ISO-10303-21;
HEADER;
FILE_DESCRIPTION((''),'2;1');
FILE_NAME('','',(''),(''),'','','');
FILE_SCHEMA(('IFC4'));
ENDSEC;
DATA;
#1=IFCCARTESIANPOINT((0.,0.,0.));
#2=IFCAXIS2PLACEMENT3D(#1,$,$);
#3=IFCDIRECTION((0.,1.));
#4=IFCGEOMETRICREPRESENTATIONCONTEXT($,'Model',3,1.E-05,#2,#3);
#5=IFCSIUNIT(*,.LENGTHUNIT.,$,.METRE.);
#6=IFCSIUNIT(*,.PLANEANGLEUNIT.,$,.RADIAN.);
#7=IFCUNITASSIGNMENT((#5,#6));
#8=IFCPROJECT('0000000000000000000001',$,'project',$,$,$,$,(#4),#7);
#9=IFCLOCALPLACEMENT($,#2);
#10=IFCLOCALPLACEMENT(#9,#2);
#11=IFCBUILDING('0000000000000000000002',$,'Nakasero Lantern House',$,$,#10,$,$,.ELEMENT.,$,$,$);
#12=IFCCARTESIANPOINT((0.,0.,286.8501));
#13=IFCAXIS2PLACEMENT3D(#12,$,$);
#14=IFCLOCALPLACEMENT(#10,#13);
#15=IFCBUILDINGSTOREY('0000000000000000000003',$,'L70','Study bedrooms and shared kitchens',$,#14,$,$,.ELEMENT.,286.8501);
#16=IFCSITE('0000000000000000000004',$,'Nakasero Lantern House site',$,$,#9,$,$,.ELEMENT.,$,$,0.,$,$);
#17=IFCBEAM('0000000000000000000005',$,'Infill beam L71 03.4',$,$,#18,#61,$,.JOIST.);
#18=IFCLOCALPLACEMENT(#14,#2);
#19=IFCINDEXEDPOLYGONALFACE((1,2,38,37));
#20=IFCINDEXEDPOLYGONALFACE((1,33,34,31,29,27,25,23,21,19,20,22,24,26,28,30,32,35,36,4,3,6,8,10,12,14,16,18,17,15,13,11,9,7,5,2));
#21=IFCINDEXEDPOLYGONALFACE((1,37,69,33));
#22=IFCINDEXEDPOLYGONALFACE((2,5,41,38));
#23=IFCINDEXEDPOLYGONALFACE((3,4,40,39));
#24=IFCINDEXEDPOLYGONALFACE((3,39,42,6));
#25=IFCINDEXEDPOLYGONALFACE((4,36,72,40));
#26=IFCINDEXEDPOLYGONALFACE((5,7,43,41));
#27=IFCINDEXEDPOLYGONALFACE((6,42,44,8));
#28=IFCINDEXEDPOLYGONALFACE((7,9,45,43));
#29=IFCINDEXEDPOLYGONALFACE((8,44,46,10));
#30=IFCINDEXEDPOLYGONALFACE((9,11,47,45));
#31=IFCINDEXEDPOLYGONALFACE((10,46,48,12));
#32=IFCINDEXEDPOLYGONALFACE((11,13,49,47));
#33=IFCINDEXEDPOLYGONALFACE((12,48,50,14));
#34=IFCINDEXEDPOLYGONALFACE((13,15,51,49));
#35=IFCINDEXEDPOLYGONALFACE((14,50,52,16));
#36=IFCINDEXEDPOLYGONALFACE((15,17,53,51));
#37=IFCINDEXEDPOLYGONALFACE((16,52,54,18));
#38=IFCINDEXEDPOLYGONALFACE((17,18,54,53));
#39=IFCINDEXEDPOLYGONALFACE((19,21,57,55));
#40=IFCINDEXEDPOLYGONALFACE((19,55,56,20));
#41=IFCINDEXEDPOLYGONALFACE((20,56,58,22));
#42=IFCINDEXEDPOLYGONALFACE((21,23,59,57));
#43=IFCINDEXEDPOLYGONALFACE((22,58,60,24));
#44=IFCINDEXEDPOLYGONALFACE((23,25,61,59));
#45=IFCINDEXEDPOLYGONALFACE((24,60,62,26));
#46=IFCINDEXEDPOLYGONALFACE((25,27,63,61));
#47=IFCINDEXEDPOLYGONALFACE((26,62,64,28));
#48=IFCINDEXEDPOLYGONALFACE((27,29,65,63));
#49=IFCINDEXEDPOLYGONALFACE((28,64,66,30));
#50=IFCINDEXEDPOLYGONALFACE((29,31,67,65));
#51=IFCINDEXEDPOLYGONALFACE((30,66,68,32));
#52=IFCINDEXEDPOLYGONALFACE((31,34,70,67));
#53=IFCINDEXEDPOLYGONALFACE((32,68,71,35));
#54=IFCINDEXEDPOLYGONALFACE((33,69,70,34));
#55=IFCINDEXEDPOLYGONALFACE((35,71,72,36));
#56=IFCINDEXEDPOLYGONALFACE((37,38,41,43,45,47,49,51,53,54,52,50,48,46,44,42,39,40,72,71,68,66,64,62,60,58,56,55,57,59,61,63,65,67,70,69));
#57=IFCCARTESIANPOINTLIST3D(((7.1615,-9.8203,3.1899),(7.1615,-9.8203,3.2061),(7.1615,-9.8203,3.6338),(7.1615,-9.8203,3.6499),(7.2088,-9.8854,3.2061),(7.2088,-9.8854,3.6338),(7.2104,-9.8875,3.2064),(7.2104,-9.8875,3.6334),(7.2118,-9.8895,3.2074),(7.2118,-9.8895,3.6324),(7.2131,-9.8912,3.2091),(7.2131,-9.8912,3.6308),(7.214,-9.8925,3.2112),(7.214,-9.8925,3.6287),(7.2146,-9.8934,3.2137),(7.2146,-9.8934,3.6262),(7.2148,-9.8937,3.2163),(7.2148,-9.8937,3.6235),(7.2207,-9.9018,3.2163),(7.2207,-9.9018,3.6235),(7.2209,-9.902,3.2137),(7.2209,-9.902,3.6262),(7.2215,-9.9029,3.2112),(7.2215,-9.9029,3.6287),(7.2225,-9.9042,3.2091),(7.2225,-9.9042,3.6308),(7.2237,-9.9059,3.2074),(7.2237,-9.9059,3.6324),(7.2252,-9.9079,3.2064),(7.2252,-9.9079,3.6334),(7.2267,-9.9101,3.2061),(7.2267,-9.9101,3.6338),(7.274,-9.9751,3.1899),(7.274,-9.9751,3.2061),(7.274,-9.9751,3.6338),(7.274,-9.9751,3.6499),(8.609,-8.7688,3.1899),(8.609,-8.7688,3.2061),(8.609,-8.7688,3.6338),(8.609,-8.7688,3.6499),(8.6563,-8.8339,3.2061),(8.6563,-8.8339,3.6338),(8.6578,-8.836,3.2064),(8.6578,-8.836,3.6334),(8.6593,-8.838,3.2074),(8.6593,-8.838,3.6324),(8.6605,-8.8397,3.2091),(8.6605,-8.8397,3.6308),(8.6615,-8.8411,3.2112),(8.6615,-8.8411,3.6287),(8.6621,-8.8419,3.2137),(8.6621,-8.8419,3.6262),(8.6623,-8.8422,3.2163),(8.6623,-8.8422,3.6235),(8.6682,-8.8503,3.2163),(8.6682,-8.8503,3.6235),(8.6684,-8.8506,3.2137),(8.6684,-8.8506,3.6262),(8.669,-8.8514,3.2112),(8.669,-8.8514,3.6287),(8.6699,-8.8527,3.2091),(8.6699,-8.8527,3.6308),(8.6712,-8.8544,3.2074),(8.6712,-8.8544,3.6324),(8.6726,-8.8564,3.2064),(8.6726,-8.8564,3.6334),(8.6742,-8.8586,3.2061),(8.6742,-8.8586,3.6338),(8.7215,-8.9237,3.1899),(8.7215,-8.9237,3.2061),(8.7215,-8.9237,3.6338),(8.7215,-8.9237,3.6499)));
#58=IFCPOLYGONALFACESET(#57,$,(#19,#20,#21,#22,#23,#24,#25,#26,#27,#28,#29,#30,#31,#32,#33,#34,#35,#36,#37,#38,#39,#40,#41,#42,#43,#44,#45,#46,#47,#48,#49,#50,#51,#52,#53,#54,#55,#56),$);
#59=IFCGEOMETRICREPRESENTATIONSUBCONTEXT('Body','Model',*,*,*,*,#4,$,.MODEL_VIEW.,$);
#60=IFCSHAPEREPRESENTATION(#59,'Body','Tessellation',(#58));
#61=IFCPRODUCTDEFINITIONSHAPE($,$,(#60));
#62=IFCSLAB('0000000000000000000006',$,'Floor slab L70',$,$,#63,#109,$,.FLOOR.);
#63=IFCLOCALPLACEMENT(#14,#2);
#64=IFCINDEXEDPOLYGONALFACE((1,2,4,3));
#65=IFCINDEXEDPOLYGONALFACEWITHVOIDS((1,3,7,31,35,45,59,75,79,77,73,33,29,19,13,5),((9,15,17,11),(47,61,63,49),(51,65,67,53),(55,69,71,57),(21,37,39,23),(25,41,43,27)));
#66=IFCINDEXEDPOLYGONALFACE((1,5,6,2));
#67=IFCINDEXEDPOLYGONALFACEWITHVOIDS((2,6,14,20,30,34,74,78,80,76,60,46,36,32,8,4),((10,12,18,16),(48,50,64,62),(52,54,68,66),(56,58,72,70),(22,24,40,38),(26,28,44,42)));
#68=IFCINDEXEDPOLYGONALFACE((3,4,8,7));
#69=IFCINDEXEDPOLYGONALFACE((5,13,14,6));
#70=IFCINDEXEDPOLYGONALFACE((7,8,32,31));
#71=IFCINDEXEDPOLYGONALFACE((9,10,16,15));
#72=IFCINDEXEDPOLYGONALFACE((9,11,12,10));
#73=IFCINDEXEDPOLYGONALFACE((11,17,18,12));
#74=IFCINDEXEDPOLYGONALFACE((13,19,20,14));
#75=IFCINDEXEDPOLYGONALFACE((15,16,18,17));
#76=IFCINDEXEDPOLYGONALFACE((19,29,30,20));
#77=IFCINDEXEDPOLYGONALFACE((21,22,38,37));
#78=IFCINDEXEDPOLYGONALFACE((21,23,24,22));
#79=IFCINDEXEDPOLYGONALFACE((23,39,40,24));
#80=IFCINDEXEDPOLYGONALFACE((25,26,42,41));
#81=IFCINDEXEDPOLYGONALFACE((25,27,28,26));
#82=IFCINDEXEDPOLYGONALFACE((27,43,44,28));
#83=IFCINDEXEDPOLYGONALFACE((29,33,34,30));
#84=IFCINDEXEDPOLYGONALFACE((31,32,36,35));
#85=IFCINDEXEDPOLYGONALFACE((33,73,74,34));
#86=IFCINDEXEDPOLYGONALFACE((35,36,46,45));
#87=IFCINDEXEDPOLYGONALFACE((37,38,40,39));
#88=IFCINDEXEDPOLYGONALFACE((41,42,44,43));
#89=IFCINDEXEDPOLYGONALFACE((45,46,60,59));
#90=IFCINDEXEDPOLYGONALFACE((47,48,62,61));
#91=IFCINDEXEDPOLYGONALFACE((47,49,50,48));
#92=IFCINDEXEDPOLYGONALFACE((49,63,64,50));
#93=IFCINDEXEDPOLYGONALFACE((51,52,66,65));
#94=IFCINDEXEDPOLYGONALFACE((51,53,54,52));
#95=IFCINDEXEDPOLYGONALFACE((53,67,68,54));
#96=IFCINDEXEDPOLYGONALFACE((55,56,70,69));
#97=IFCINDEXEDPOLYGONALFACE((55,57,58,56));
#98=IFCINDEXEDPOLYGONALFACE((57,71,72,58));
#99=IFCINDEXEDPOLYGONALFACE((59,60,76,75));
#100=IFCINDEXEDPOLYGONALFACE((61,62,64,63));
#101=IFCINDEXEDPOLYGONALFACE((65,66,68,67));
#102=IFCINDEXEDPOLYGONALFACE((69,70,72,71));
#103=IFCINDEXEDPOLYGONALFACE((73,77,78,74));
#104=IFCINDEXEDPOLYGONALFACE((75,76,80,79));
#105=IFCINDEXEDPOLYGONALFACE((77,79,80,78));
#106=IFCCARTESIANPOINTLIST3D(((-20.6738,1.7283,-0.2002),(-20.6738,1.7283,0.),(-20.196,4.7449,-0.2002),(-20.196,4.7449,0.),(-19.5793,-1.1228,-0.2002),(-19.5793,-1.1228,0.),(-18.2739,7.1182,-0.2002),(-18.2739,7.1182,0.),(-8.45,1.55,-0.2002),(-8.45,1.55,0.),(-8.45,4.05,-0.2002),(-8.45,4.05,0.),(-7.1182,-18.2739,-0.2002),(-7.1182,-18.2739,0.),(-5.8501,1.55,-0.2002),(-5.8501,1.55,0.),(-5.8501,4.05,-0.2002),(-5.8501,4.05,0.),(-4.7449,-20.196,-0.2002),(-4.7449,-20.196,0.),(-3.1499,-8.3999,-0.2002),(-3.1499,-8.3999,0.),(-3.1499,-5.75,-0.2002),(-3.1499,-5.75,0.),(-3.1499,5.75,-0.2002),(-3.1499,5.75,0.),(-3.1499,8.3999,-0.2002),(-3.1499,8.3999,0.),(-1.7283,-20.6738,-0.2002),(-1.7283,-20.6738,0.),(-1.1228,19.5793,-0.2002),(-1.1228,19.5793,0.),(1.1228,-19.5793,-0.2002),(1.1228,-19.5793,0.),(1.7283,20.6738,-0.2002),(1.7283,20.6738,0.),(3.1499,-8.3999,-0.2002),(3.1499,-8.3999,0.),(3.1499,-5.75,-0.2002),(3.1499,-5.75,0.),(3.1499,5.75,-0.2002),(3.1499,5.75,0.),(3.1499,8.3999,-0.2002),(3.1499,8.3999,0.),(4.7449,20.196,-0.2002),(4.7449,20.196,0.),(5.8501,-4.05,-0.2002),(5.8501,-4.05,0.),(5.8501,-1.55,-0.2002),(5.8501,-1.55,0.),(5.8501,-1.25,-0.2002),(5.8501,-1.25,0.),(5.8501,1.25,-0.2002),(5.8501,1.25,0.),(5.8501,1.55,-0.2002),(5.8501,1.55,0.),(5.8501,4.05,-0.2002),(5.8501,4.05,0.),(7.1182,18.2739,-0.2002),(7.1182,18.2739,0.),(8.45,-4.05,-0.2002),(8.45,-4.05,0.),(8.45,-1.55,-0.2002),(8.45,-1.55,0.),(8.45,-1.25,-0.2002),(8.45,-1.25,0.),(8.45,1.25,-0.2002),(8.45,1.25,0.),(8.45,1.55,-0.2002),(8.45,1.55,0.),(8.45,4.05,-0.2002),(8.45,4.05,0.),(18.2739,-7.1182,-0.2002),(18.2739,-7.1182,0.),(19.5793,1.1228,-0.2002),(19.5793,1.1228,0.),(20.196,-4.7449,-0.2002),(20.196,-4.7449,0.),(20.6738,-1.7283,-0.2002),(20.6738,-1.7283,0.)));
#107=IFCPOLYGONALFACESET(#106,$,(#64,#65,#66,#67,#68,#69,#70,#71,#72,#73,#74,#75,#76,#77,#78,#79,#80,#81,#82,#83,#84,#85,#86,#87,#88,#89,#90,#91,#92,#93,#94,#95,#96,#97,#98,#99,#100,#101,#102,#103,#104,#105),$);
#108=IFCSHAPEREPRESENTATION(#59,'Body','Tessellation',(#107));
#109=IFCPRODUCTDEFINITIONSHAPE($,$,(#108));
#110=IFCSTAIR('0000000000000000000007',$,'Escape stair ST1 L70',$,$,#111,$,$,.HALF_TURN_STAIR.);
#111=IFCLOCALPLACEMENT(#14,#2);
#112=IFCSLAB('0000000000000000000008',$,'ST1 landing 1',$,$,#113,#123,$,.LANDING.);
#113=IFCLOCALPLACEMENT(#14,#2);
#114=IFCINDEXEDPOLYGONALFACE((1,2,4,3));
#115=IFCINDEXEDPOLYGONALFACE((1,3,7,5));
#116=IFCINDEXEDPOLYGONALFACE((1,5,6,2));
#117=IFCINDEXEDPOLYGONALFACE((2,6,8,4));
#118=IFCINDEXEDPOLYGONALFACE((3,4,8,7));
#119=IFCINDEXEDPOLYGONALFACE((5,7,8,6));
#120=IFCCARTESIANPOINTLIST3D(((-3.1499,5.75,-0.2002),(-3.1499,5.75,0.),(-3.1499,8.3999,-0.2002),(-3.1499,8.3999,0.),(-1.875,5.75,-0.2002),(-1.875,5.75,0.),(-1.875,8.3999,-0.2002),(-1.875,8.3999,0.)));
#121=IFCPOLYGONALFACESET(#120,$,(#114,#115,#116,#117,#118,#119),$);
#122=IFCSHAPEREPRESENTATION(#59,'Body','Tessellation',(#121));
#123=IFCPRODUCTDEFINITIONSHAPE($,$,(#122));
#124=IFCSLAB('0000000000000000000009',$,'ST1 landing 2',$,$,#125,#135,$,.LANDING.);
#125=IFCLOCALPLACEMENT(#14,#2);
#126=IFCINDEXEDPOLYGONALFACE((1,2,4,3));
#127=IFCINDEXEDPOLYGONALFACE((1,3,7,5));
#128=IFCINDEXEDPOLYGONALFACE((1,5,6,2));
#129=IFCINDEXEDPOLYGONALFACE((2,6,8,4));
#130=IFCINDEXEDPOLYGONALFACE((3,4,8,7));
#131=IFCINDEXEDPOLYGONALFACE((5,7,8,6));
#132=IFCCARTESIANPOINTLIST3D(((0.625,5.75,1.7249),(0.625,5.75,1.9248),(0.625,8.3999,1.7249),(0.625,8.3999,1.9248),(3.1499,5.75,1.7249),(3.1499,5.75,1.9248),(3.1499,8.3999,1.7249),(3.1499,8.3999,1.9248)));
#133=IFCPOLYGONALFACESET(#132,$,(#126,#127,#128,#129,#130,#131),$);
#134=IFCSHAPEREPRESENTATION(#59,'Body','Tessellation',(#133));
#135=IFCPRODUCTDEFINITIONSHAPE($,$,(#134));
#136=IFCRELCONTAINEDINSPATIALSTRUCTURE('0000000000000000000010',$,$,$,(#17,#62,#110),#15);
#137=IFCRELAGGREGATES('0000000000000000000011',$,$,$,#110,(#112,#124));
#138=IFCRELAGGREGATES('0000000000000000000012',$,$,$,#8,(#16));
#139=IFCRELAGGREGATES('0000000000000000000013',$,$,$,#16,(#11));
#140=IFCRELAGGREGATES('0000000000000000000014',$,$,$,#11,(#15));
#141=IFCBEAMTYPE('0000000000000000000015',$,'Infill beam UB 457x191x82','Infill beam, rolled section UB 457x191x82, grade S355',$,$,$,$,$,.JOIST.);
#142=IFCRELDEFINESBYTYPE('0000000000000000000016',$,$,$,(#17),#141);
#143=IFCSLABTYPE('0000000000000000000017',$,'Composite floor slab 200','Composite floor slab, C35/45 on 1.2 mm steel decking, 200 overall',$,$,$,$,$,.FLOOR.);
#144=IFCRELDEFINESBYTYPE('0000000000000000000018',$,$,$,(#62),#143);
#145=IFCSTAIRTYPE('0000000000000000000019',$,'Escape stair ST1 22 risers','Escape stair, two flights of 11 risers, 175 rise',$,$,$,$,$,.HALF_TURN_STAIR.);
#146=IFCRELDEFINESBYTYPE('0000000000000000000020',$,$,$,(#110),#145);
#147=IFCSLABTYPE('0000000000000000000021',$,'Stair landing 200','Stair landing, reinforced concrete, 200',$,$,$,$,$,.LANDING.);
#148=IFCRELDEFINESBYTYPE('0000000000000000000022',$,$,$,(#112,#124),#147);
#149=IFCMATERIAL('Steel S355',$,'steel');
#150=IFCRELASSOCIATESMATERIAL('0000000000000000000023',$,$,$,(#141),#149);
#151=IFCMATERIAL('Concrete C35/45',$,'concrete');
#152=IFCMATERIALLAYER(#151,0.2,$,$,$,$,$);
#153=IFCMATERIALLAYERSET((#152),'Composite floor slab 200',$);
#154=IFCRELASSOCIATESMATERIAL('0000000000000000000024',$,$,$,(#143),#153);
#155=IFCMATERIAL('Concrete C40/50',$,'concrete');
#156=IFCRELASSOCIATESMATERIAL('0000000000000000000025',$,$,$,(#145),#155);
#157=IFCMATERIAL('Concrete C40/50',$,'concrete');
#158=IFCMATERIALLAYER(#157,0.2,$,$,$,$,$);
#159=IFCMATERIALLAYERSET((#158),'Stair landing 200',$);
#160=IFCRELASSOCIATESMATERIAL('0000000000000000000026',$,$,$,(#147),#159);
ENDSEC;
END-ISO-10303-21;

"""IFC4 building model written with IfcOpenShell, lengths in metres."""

from ifc_helpers import new_model, si_unit, direction, frame, origin, origin_2d, place, context, subcontext, project, spatial, polyline, i_section, outline, extrude, material, layer, layer_set, material_profile, profile_set, type_object, element, aggregate, save


model = new_model("IFC4")

# Units and contexts
model_context = context("Model", 3, precision=1e-05, world=origin(), true_north=direction((0.0, 1.0)))
body_context = subcontext(model_context, "Body", "Model", "MODEL_VIEW")
ifc_project = project(units=[si_unit("LENGTHUNIT", "METRE"), si_unit("PLANEANGLEUNIT", "RADIAN")], contexts=[model_context])

# Site, building, storey
site_placement = place(None, origin())
site = spatial("IfcSite", under=ifc_project, at=site_placement, Name="Nakasero Lantern House site", CompositionType="ELEMENT", RefElevation=0.0)
building_placement = place(site_placement, origin())
building = spatial("IfcBuilding", under=site, at=building_placement, Name="Nakasero Lantern House", CompositionType="ELEMENT")
storey_placement = place(building_placement, frame((0.0, 0.0, 286.8501)))
storey = spatial("IfcBuildingStorey", under=building, at=storey_placement, Name="L70", Description="Study bedrooms and shared kitchens", CompositionType="ELEMENT", Elevation=286.8501)

# Beam
ifc_material_1 = material(Name="Steel S355", Category="steel")
ifc_material_profile = material_profile(ifc_material_1, i_section(OverallWidth=0.1914, OverallDepth=0.46, WebThickness=0.01, FlangeThickness=0.0161, FilletRadius=0.0103, at=origin_2d()), Name="UB 457x191x82")
ifc_profile_set = profile_set([ifc_material_profile], Name="Steel S355")
beam_type = type_object("IfcBeamType", Name="Infill beam UB 457x191x82", Description="Infill beam, rolled section UB 457x191x82, grade S355", PredefinedType="JOIST", material=ifc_profile_set)
beam_placement = place(storey_placement, frame((7.2178, -9.8977, 3.4199), z_axis=(0.809061, 0.587725, 0.0), x_axis=(-0.587725, 0.809061, 0.0)))
element("IfcBeam", 1, at=beam_placement, inside=storey, type_object=beam_type, Name="Infill beam L71 03.4", PredefinedType="JOIST", context=body_context, shape_type="SweptSolid", body=[
    extrude(i_section(OverallWidth=0.1914, OverallDepth=0.46, WebThickness=0.01, FlangeThickness=0.0161, FilletRadius=0.0103, at=origin_2d()), origin(), (0.0, 0.0, 1.0), 1.7891),
])

# Slab
ifc_material_2 = material(Name="Concrete C35/45", Category="concrete")
ifc_layer_1 = layer(ifc_material_2, 0.2)
ifc_layer_set_1 = layer_set([ifc_layer_1], Name="Composite floor slab 200")
slab_type_1 = type_object("IfcSlabType", Name="Composite floor slab 200", Description="Composite floor slab, C35/45 on 1.2 mm steel decking, 200 overall", PredefinedType="FLOOR", material=ifc_layer_set_1)
slab_1_placement = place(storey_placement, frame((0.0, 0.0, -0.2002)))
element("IfcSlab", 2, at=slab_1_placement, inside=storey, type_object=slab_type_1, Name="Floor slab L70", PredefinedType="FLOOR", context=body_context, shape_type="SweptSolid", body=[
    extrude(outline(polyline([(7.1182, 18.2739), (4.7449, 20.196), (1.7283, 20.6738), (-1.1228, 19.5793), (-18.2739, 7.1182), (-20.196, 4.7449), (-20.6738, 1.7283), (-19.5793, -1.1228), (-7.1182, -18.2739), (-4.7449, -20.196), (-1.7283, -20.6738), (1.1228, -19.5793), (18.2739, -7.1182), (20.196, -4.7449), (20.6738, -1.7283), (19.5793, 1.1228), (7.1182, 18.2739)]), holes=[polyline([(-8.45, 1.55), (-5.8501, 1.55), (-5.8501, 4.05), (-8.45, 4.05), (-8.45, 1.55)]), polyline([(5.8501, -4.05), (8.45, -4.05), (8.45, -1.55), (5.8501, -1.55), (5.8501, -4.05)]), polyline([(5.8501, -1.25), (8.45, -1.25), (8.45, 1.25), (5.8501, 1.25), (5.8501, -1.25)]), polyline([(5.8501, 1.55), (8.45, 1.55), (8.45, 4.05), (5.8501, 4.05), (5.8501, 1.55)]), polyline([(-3.1499, 5.75), (3.1499, 5.75), (3.1499, 8.3999), (-3.1499, 8.3999), (-3.1499, 5.75)]), polyline([(-3.1499, -8.3999), (3.1499, -8.3999), (3.1499, -5.75), (-3.1499, -5.75), (-3.1499, -8.3999)])]), origin(), (0.0, 0.0, 1.0), 0.2002),
])

# Stair, slabs
ifc_material_3 = material(Name="Concrete C40/50", Category="concrete")
stair_type_1 = type_object("IfcStairType", Name="Escape stair ST1 22 risers", Description="Escape stair, two flights of 11 risers, 175 rise", PredefinedType="HALF_TURN_STAIR", material=ifc_material_3)
stair_1_placement = place(storey_placement, origin())
stair_1 = element("IfcStair", 3, at=stair_1_placement, inside=storey, type_object=stair_type_1, Name="Escape stair ST1 L70", PredefinedType="HALF_TURN_STAIR")
ifc_material_4 = material(Name="Concrete C40/50", Category="concrete")
ifc_layer_2 = layer(ifc_material_4, 0.2)
ifc_layer_set_2 = layer_set([ifc_layer_2], Name="Stair landing 200")
slab_type_2 = type_object("IfcSlabType", Name="Stair landing 200", Description="Stair landing, reinforced concrete, 200", PredefinedType="LANDING", material=ifc_layer_set_2)
slab_2_placement = place(storey_placement, frame((0.0, 0.0, -0.2002)))
slab_2 = element("IfcSlab", 4, at=slab_2_placement, type_object=slab_type_2, Name="ST1 landing 1", PredefinedType="LANDING", context=body_context, shape_type="SweptSolid", body=[
    extrude(outline(polyline([(-3.1499, 5.75), (-1.875, 5.75), (-1.875, 8.3999), (-3.1499, 8.3999), (-3.1499, 5.75)])), origin(), (0.0, 0.0, 1.0), 0.2002),
])
slab_3_placement = place(storey_placement, frame((0.0, 0.0, 1.7249)))
slab_3 = element("IfcSlab", 5, at=slab_3_placement, type_object=slab_type_2, Name="ST1 landing 2", PredefinedType="LANDING", context=body_context, shape_type="SweptSolid", body=[
    extrude(outline(polyline([(0.625, 5.75), (3.1499, 5.75), (3.1499, 8.3999), (0.625, 8.3999), (0.625, 5.75)])), origin(), (0.0, 0.0, 1.0), 0.2),
])
aggregate(stair_1, [slab_2, slab_3])

save(model, "model.ifc")
